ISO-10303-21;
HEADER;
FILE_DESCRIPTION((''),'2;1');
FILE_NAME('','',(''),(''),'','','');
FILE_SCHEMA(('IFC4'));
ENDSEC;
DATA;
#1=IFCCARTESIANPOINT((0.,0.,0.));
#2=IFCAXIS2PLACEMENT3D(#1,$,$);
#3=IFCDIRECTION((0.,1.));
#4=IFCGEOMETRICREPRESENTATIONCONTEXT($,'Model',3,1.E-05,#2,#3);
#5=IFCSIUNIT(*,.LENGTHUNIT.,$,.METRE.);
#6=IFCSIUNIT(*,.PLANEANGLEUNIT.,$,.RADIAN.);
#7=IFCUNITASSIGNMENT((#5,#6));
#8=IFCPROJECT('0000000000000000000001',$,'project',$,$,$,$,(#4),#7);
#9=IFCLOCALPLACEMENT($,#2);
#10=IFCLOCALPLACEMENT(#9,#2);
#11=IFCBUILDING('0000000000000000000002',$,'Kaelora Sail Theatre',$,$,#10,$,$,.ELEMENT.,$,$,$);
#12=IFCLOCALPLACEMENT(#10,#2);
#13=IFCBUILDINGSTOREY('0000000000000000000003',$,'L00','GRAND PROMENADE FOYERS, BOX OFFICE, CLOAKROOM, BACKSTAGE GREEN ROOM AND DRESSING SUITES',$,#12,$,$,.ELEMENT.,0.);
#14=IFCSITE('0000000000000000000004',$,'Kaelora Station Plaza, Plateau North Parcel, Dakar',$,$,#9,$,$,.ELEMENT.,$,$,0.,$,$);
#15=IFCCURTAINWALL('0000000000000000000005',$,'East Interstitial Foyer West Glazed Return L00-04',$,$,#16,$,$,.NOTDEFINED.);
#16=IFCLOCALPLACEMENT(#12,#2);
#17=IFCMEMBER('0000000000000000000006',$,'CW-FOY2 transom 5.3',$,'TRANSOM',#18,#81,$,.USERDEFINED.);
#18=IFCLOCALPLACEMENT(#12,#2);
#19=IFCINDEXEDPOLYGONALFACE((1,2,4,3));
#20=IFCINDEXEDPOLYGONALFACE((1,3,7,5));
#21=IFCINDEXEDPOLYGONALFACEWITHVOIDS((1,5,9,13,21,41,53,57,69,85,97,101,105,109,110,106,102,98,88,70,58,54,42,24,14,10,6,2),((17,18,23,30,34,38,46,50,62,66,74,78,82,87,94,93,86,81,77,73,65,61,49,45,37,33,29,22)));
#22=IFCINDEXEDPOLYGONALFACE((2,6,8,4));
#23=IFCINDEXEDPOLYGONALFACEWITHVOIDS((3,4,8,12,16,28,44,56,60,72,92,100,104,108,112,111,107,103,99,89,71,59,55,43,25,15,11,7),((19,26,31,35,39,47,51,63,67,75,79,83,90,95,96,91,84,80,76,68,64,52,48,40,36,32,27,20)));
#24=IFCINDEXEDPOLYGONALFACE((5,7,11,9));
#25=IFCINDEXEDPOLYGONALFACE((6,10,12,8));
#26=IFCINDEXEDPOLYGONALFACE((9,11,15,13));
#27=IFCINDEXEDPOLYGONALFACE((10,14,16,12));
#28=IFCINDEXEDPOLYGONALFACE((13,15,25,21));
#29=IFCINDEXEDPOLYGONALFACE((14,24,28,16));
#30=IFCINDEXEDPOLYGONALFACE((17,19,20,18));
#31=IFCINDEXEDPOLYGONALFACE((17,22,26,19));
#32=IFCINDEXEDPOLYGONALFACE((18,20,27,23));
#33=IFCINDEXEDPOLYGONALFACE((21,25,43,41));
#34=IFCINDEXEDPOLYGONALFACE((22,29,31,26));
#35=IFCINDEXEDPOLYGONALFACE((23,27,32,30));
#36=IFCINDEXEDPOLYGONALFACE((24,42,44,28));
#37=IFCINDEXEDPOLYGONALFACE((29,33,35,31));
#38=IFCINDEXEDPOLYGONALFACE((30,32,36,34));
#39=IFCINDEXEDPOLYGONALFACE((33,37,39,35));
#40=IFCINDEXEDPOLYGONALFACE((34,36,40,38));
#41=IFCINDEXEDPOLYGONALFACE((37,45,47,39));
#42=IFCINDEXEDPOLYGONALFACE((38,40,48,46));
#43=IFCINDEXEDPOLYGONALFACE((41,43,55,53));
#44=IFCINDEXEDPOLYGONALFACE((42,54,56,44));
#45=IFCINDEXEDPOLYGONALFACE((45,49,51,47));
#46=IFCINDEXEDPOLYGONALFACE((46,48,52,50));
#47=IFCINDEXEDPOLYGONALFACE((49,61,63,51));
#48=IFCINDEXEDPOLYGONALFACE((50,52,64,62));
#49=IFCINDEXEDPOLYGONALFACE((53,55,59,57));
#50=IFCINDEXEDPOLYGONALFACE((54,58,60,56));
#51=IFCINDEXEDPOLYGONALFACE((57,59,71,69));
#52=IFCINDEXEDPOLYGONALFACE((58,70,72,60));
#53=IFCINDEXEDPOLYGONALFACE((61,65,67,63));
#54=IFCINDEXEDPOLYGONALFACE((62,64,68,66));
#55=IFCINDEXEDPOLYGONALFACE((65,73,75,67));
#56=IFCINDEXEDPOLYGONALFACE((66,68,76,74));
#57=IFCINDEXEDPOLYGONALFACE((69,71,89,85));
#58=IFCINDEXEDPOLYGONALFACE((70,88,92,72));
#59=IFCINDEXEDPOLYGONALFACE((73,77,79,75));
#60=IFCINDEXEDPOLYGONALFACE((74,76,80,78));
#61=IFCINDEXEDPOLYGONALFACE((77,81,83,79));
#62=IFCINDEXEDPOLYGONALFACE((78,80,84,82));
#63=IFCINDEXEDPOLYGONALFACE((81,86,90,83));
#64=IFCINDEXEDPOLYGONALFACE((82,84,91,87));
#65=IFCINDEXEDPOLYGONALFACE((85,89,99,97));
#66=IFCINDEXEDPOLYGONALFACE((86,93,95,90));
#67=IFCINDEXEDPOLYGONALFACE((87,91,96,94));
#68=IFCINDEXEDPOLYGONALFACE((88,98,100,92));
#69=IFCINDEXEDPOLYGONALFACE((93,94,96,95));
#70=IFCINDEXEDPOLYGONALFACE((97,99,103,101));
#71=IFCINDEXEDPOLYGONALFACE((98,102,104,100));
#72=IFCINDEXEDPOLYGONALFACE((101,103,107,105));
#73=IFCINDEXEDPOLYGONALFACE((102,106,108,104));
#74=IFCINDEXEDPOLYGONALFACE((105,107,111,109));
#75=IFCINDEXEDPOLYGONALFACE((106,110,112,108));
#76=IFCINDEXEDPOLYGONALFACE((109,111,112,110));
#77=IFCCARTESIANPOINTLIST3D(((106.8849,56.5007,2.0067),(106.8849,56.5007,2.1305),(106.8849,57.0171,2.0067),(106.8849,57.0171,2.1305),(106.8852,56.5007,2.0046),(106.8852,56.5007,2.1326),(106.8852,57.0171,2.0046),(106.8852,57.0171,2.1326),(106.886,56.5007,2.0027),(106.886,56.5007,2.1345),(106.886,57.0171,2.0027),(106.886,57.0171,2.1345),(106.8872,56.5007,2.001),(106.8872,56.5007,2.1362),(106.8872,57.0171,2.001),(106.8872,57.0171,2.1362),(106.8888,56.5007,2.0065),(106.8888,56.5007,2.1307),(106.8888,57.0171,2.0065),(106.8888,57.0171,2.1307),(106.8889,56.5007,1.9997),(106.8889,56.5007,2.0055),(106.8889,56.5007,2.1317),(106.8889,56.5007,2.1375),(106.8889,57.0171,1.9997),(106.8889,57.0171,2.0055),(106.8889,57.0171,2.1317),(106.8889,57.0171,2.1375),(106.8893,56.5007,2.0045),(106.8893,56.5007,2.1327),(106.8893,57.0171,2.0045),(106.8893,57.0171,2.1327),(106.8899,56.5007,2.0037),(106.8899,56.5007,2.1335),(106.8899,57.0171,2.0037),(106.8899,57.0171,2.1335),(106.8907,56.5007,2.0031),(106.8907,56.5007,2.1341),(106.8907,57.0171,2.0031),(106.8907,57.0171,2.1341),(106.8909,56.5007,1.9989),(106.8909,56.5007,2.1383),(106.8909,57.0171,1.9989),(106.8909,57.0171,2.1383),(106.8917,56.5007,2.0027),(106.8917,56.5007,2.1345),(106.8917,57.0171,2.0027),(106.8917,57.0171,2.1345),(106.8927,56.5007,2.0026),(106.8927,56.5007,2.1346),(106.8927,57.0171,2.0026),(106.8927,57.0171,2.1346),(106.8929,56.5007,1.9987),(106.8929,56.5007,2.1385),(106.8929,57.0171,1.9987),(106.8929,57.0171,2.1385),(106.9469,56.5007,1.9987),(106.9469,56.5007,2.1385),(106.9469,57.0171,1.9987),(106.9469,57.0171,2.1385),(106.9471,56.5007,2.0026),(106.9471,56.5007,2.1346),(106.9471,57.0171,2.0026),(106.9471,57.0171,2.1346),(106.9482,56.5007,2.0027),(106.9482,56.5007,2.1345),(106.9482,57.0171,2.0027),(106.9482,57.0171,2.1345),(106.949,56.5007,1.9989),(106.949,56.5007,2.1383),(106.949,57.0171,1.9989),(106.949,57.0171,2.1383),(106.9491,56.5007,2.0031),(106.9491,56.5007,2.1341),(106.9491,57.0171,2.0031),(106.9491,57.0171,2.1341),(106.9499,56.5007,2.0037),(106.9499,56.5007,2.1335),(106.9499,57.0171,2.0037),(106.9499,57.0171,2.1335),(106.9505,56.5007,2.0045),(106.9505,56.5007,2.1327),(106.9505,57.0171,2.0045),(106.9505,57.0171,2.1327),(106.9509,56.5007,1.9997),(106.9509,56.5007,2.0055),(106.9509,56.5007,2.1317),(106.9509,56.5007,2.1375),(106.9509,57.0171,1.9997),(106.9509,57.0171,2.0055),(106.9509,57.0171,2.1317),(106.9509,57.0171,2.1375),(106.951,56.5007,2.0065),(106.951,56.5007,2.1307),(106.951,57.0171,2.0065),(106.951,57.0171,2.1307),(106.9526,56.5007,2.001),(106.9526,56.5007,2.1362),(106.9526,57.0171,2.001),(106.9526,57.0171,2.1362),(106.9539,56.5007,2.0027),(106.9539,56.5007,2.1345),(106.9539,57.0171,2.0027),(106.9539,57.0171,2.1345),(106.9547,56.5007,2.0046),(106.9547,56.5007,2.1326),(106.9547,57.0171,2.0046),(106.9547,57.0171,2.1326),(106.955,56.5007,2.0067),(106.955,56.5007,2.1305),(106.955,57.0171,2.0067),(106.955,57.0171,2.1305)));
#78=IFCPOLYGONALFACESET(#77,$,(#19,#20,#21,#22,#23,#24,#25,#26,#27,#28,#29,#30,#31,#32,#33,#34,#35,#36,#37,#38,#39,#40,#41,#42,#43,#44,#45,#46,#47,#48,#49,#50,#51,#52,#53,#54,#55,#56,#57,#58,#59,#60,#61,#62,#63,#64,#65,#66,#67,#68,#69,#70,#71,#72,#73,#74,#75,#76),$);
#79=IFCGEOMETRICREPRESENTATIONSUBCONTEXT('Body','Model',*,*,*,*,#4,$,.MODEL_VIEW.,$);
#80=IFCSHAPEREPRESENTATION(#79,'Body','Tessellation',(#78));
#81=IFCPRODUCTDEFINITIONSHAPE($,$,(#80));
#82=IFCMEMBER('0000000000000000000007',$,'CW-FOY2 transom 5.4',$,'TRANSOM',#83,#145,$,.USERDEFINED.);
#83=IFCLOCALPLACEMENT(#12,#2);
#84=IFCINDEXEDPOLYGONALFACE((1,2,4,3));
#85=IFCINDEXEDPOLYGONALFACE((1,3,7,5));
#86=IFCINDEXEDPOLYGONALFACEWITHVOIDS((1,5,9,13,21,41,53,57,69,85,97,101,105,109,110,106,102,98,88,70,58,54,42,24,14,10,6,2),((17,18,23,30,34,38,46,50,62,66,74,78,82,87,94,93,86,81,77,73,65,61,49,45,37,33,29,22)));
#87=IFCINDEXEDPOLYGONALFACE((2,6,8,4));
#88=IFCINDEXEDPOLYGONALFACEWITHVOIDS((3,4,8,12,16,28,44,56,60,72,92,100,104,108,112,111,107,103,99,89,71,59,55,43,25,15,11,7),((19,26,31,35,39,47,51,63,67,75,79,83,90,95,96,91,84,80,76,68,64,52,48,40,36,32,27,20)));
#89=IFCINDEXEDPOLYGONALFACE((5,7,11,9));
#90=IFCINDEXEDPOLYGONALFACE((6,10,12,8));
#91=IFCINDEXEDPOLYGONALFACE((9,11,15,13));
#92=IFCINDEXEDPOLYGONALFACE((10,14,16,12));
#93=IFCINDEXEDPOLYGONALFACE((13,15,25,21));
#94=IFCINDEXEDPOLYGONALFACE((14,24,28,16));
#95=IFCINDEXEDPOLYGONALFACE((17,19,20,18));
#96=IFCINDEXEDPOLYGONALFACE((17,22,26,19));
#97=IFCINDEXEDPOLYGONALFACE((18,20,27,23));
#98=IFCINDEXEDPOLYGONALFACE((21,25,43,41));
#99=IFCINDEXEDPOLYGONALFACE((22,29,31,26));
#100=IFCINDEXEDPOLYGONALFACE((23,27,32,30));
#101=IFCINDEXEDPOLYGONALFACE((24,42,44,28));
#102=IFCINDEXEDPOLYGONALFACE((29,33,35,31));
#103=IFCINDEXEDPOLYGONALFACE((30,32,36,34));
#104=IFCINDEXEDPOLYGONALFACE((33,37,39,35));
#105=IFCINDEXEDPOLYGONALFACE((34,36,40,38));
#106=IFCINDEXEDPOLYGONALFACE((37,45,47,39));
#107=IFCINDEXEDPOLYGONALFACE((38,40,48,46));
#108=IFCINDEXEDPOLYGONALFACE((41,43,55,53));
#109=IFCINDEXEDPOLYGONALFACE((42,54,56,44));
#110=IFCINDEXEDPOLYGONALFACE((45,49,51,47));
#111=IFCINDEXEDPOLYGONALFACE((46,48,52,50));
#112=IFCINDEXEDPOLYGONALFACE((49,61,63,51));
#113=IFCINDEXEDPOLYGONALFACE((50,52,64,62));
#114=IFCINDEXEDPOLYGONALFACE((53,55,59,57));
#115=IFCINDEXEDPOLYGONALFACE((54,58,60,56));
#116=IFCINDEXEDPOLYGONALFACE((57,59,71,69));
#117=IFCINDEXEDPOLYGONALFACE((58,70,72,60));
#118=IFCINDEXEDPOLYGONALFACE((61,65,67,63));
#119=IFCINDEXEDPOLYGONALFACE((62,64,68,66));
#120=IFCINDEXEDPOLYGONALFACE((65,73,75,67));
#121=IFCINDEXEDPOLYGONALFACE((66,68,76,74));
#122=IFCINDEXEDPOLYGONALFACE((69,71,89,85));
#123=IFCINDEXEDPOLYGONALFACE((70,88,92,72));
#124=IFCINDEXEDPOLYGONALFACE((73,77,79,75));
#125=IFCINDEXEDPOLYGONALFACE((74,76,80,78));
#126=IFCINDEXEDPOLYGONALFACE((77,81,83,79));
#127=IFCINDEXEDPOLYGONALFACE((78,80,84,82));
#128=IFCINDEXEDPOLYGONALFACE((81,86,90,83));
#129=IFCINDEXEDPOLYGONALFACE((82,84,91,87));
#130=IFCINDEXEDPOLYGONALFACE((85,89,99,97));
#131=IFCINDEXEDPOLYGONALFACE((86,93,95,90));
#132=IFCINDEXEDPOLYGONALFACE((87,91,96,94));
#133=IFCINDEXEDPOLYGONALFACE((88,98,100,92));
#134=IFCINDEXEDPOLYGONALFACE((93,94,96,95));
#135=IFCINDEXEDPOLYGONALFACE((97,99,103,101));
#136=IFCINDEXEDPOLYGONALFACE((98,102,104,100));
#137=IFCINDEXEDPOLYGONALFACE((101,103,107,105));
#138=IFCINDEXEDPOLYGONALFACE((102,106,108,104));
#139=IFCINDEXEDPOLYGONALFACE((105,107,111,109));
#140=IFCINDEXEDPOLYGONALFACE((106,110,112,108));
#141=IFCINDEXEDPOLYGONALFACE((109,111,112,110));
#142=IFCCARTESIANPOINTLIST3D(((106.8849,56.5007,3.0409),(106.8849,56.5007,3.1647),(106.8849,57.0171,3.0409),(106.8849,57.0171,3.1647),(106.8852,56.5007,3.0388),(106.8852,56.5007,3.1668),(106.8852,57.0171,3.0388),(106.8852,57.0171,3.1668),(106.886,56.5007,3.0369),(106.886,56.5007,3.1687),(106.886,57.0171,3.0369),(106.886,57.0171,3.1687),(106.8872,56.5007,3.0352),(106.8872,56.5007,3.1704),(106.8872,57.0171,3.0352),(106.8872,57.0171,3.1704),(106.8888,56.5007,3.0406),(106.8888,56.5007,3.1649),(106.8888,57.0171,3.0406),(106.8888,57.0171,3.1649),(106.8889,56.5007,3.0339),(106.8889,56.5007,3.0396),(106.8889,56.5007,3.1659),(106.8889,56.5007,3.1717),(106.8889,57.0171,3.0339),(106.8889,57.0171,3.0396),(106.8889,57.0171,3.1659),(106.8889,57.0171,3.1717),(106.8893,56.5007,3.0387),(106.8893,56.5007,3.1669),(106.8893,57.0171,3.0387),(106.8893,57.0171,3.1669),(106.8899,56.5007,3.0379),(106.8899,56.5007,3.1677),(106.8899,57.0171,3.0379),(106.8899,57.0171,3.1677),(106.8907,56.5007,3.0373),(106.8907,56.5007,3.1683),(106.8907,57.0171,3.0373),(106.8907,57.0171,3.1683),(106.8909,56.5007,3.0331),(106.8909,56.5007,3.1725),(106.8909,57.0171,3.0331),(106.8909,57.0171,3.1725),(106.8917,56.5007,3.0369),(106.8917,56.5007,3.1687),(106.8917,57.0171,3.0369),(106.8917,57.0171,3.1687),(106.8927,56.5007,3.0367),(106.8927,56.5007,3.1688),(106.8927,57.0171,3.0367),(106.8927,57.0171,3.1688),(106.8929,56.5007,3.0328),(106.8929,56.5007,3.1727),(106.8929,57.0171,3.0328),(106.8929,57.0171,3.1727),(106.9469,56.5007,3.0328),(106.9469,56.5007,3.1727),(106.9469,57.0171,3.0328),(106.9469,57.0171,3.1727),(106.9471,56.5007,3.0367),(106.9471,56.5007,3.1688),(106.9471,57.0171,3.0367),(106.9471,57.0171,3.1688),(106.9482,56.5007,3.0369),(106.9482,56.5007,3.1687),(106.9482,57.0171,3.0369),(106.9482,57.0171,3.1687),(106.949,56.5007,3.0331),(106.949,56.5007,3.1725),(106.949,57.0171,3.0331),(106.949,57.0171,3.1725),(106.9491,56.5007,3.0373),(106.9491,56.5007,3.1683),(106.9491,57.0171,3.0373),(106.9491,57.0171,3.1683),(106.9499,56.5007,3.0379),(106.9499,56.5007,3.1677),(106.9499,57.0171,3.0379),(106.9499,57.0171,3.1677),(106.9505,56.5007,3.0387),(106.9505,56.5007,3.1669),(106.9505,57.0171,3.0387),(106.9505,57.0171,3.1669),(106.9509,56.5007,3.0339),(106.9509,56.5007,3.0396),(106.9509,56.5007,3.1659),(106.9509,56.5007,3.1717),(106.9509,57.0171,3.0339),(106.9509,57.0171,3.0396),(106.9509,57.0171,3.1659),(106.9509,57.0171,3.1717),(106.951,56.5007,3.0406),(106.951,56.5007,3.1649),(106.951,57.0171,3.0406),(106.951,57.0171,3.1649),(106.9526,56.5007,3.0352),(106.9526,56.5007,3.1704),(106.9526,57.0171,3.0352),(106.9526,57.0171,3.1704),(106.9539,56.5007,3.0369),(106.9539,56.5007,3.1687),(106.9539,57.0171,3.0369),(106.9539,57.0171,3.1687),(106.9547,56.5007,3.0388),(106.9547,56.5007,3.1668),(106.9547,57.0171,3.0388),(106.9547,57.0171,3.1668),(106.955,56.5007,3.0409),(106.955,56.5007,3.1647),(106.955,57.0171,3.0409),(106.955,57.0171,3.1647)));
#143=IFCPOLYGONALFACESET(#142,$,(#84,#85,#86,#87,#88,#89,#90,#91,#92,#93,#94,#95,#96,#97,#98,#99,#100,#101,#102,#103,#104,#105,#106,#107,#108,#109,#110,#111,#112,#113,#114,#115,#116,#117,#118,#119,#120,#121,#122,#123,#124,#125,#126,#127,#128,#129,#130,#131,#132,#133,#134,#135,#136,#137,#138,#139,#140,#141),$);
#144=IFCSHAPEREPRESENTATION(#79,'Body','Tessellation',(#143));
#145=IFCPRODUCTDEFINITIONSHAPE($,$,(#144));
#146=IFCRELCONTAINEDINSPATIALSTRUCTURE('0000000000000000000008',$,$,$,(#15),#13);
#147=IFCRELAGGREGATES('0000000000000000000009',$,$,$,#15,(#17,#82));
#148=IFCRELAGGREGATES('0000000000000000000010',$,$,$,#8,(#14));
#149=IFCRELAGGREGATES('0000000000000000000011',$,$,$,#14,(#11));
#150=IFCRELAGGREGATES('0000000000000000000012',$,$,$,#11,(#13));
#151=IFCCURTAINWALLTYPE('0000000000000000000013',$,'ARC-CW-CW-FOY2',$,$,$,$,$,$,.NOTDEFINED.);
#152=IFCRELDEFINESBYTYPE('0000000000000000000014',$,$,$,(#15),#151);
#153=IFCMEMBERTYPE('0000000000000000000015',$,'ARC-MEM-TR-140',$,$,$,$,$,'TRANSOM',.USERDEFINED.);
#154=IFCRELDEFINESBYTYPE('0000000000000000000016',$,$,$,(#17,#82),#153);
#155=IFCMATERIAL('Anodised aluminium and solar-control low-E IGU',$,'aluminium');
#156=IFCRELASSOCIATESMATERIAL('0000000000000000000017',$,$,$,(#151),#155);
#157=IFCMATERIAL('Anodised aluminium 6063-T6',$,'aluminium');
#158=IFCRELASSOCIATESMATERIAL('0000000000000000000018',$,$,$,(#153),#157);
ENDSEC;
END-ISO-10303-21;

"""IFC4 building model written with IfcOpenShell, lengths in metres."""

from ifc_helpers import new_model, si_unit, direction, frame, origin, origin_2d, place, context, subcontext, project, spatial, hollow_rectangle, extrude, material, material_profile, profile_set, type_object, element, aggregate, save


model = new_model("IFC4")

# Units and contexts
model_context = context("Model", 3, precision=1e-05, world=origin(), true_north=direction((0.0, 1.0)))
body_context = subcontext(model_context, "Body", "Model", "MODEL_VIEW")
ifc_project = project(units=[si_unit("LENGTHUNIT", "METRE"), si_unit("PLANEANGLEUNIT", "RADIAN")], contexts=[model_context])

# Site, building, storey
site_placement = place(None, origin())
site = spatial("IfcSite", under=ifc_project, at=site_placement, Name="Kaelora Station Plaza, Plateau North Parcel, Dakar", CompositionType="ELEMENT", RefElevation=0.0)
building_placement = place(site_placement, origin())
building = spatial("IfcBuilding", under=site, at=building_placement, Name="Kaelora Sail Theatre", CompositionType="ELEMENT")
storey_placement = place(building_placement, origin())
storey = spatial("IfcBuildingStorey", under=building, at=storey_placement, Name="L00", Description="GRAND PROMENADE FOYERS, BOX OFFICE, CLOAKROOM, BACKSTAGE GREEN ROOM AND DRESSING SUITES", CompositionType="ELEMENT", Elevation=0.0)

# Curtain wall, members
ifc_material_1 = material(Name="Anodised aluminium and solar-control low-E IGU", Category="aluminium")
curtain_wall_type = type_object("IfcCurtainWallType", Name="ARC-CW-CW-FOY2", PredefinedType="NOTDEFINED", material=ifc_material_1)
curtain_wall_placement = place(storey_placement, origin())
curtain_wall = element("IfcCurtainWall", 1, at=curtain_wall_placement, inside=storey, type_object=curtain_wall_type, Name="East Interstitial Foyer West Glazed Return L00-04", PredefinedType="NOTDEFINED")
ifc_material_2 = material(Name="Anodised aluminium 6063-T6", Category="aluminium")
ifc_material_profile = material_profile(ifc_material_2, hollow_rectangle(XDim=0.0701, YDim=0.1399, WallThickness=0.0039, InnerFilletRadius=0.0039, OuterFilletRadius=0.0081, at=origin_2d()), Name="ALU-TRAN 70x140x4")
ifc_profile_set = profile_set([ifc_material_profile], Name="Anodised aluminium 6063-T6")
member_type = type_object("IfcMemberType", Name="ARC-MEM-TR-140", ElementType="TRANSOM", PredefinedType="USERDEFINED", material=ifc_profile_set)
member_1_placement = place(storey_placement, frame((106.9199, 56.5007, 2.0686), z_axis=(0.0, 1.0, 0.0), x_axis=(-1.0, 0.0, 0.0)))
member_1 = element("IfcMember", 2, at=member_1_placement, type_object=member_type, Name="CW-FOY2 transom 5.3", ObjectType="TRANSOM", PredefinedType="USERDEFINED", context=body_context, shape_type="SweptSolid", body=[
    extrude(hollow_rectangle(XDim=0.0701, YDim=0.1399, WallThickness=0.0039, InnerFilletRadius=0.0039, OuterFilletRadius=0.0081, at=origin_2d()), origin(), (0.0, 0.0, 1.0), 0.5164),
])
member_2_placement = place(storey_placement, frame((106.9199, 56.5007, 3.1028), z_axis=(0.0, 1.0, 0.0), x_axis=(-1.0, 0.0, 0.0)))
member_2 = element("IfcMember", 3, at=member_2_placement, type_object=member_type, Name="CW-FOY2 transom 5.4", ObjectType="TRANSOM", PredefinedType="USERDEFINED", context=body_context, shape_type="SweptSolid", body=[
    extrude(hollow_rectangle(XDim=0.0701, YDim=0.1399, WallThickness=0.0039, InnerFilletRadius=0.0039, OuterFilletRadius=0.0081, at=origin_2d()), origin(), (0.0, 0.0, 1.0), 0.5164),
])
aggregate(curtain_wall, [member_1, member_2])

save(model, "model.ifc")
